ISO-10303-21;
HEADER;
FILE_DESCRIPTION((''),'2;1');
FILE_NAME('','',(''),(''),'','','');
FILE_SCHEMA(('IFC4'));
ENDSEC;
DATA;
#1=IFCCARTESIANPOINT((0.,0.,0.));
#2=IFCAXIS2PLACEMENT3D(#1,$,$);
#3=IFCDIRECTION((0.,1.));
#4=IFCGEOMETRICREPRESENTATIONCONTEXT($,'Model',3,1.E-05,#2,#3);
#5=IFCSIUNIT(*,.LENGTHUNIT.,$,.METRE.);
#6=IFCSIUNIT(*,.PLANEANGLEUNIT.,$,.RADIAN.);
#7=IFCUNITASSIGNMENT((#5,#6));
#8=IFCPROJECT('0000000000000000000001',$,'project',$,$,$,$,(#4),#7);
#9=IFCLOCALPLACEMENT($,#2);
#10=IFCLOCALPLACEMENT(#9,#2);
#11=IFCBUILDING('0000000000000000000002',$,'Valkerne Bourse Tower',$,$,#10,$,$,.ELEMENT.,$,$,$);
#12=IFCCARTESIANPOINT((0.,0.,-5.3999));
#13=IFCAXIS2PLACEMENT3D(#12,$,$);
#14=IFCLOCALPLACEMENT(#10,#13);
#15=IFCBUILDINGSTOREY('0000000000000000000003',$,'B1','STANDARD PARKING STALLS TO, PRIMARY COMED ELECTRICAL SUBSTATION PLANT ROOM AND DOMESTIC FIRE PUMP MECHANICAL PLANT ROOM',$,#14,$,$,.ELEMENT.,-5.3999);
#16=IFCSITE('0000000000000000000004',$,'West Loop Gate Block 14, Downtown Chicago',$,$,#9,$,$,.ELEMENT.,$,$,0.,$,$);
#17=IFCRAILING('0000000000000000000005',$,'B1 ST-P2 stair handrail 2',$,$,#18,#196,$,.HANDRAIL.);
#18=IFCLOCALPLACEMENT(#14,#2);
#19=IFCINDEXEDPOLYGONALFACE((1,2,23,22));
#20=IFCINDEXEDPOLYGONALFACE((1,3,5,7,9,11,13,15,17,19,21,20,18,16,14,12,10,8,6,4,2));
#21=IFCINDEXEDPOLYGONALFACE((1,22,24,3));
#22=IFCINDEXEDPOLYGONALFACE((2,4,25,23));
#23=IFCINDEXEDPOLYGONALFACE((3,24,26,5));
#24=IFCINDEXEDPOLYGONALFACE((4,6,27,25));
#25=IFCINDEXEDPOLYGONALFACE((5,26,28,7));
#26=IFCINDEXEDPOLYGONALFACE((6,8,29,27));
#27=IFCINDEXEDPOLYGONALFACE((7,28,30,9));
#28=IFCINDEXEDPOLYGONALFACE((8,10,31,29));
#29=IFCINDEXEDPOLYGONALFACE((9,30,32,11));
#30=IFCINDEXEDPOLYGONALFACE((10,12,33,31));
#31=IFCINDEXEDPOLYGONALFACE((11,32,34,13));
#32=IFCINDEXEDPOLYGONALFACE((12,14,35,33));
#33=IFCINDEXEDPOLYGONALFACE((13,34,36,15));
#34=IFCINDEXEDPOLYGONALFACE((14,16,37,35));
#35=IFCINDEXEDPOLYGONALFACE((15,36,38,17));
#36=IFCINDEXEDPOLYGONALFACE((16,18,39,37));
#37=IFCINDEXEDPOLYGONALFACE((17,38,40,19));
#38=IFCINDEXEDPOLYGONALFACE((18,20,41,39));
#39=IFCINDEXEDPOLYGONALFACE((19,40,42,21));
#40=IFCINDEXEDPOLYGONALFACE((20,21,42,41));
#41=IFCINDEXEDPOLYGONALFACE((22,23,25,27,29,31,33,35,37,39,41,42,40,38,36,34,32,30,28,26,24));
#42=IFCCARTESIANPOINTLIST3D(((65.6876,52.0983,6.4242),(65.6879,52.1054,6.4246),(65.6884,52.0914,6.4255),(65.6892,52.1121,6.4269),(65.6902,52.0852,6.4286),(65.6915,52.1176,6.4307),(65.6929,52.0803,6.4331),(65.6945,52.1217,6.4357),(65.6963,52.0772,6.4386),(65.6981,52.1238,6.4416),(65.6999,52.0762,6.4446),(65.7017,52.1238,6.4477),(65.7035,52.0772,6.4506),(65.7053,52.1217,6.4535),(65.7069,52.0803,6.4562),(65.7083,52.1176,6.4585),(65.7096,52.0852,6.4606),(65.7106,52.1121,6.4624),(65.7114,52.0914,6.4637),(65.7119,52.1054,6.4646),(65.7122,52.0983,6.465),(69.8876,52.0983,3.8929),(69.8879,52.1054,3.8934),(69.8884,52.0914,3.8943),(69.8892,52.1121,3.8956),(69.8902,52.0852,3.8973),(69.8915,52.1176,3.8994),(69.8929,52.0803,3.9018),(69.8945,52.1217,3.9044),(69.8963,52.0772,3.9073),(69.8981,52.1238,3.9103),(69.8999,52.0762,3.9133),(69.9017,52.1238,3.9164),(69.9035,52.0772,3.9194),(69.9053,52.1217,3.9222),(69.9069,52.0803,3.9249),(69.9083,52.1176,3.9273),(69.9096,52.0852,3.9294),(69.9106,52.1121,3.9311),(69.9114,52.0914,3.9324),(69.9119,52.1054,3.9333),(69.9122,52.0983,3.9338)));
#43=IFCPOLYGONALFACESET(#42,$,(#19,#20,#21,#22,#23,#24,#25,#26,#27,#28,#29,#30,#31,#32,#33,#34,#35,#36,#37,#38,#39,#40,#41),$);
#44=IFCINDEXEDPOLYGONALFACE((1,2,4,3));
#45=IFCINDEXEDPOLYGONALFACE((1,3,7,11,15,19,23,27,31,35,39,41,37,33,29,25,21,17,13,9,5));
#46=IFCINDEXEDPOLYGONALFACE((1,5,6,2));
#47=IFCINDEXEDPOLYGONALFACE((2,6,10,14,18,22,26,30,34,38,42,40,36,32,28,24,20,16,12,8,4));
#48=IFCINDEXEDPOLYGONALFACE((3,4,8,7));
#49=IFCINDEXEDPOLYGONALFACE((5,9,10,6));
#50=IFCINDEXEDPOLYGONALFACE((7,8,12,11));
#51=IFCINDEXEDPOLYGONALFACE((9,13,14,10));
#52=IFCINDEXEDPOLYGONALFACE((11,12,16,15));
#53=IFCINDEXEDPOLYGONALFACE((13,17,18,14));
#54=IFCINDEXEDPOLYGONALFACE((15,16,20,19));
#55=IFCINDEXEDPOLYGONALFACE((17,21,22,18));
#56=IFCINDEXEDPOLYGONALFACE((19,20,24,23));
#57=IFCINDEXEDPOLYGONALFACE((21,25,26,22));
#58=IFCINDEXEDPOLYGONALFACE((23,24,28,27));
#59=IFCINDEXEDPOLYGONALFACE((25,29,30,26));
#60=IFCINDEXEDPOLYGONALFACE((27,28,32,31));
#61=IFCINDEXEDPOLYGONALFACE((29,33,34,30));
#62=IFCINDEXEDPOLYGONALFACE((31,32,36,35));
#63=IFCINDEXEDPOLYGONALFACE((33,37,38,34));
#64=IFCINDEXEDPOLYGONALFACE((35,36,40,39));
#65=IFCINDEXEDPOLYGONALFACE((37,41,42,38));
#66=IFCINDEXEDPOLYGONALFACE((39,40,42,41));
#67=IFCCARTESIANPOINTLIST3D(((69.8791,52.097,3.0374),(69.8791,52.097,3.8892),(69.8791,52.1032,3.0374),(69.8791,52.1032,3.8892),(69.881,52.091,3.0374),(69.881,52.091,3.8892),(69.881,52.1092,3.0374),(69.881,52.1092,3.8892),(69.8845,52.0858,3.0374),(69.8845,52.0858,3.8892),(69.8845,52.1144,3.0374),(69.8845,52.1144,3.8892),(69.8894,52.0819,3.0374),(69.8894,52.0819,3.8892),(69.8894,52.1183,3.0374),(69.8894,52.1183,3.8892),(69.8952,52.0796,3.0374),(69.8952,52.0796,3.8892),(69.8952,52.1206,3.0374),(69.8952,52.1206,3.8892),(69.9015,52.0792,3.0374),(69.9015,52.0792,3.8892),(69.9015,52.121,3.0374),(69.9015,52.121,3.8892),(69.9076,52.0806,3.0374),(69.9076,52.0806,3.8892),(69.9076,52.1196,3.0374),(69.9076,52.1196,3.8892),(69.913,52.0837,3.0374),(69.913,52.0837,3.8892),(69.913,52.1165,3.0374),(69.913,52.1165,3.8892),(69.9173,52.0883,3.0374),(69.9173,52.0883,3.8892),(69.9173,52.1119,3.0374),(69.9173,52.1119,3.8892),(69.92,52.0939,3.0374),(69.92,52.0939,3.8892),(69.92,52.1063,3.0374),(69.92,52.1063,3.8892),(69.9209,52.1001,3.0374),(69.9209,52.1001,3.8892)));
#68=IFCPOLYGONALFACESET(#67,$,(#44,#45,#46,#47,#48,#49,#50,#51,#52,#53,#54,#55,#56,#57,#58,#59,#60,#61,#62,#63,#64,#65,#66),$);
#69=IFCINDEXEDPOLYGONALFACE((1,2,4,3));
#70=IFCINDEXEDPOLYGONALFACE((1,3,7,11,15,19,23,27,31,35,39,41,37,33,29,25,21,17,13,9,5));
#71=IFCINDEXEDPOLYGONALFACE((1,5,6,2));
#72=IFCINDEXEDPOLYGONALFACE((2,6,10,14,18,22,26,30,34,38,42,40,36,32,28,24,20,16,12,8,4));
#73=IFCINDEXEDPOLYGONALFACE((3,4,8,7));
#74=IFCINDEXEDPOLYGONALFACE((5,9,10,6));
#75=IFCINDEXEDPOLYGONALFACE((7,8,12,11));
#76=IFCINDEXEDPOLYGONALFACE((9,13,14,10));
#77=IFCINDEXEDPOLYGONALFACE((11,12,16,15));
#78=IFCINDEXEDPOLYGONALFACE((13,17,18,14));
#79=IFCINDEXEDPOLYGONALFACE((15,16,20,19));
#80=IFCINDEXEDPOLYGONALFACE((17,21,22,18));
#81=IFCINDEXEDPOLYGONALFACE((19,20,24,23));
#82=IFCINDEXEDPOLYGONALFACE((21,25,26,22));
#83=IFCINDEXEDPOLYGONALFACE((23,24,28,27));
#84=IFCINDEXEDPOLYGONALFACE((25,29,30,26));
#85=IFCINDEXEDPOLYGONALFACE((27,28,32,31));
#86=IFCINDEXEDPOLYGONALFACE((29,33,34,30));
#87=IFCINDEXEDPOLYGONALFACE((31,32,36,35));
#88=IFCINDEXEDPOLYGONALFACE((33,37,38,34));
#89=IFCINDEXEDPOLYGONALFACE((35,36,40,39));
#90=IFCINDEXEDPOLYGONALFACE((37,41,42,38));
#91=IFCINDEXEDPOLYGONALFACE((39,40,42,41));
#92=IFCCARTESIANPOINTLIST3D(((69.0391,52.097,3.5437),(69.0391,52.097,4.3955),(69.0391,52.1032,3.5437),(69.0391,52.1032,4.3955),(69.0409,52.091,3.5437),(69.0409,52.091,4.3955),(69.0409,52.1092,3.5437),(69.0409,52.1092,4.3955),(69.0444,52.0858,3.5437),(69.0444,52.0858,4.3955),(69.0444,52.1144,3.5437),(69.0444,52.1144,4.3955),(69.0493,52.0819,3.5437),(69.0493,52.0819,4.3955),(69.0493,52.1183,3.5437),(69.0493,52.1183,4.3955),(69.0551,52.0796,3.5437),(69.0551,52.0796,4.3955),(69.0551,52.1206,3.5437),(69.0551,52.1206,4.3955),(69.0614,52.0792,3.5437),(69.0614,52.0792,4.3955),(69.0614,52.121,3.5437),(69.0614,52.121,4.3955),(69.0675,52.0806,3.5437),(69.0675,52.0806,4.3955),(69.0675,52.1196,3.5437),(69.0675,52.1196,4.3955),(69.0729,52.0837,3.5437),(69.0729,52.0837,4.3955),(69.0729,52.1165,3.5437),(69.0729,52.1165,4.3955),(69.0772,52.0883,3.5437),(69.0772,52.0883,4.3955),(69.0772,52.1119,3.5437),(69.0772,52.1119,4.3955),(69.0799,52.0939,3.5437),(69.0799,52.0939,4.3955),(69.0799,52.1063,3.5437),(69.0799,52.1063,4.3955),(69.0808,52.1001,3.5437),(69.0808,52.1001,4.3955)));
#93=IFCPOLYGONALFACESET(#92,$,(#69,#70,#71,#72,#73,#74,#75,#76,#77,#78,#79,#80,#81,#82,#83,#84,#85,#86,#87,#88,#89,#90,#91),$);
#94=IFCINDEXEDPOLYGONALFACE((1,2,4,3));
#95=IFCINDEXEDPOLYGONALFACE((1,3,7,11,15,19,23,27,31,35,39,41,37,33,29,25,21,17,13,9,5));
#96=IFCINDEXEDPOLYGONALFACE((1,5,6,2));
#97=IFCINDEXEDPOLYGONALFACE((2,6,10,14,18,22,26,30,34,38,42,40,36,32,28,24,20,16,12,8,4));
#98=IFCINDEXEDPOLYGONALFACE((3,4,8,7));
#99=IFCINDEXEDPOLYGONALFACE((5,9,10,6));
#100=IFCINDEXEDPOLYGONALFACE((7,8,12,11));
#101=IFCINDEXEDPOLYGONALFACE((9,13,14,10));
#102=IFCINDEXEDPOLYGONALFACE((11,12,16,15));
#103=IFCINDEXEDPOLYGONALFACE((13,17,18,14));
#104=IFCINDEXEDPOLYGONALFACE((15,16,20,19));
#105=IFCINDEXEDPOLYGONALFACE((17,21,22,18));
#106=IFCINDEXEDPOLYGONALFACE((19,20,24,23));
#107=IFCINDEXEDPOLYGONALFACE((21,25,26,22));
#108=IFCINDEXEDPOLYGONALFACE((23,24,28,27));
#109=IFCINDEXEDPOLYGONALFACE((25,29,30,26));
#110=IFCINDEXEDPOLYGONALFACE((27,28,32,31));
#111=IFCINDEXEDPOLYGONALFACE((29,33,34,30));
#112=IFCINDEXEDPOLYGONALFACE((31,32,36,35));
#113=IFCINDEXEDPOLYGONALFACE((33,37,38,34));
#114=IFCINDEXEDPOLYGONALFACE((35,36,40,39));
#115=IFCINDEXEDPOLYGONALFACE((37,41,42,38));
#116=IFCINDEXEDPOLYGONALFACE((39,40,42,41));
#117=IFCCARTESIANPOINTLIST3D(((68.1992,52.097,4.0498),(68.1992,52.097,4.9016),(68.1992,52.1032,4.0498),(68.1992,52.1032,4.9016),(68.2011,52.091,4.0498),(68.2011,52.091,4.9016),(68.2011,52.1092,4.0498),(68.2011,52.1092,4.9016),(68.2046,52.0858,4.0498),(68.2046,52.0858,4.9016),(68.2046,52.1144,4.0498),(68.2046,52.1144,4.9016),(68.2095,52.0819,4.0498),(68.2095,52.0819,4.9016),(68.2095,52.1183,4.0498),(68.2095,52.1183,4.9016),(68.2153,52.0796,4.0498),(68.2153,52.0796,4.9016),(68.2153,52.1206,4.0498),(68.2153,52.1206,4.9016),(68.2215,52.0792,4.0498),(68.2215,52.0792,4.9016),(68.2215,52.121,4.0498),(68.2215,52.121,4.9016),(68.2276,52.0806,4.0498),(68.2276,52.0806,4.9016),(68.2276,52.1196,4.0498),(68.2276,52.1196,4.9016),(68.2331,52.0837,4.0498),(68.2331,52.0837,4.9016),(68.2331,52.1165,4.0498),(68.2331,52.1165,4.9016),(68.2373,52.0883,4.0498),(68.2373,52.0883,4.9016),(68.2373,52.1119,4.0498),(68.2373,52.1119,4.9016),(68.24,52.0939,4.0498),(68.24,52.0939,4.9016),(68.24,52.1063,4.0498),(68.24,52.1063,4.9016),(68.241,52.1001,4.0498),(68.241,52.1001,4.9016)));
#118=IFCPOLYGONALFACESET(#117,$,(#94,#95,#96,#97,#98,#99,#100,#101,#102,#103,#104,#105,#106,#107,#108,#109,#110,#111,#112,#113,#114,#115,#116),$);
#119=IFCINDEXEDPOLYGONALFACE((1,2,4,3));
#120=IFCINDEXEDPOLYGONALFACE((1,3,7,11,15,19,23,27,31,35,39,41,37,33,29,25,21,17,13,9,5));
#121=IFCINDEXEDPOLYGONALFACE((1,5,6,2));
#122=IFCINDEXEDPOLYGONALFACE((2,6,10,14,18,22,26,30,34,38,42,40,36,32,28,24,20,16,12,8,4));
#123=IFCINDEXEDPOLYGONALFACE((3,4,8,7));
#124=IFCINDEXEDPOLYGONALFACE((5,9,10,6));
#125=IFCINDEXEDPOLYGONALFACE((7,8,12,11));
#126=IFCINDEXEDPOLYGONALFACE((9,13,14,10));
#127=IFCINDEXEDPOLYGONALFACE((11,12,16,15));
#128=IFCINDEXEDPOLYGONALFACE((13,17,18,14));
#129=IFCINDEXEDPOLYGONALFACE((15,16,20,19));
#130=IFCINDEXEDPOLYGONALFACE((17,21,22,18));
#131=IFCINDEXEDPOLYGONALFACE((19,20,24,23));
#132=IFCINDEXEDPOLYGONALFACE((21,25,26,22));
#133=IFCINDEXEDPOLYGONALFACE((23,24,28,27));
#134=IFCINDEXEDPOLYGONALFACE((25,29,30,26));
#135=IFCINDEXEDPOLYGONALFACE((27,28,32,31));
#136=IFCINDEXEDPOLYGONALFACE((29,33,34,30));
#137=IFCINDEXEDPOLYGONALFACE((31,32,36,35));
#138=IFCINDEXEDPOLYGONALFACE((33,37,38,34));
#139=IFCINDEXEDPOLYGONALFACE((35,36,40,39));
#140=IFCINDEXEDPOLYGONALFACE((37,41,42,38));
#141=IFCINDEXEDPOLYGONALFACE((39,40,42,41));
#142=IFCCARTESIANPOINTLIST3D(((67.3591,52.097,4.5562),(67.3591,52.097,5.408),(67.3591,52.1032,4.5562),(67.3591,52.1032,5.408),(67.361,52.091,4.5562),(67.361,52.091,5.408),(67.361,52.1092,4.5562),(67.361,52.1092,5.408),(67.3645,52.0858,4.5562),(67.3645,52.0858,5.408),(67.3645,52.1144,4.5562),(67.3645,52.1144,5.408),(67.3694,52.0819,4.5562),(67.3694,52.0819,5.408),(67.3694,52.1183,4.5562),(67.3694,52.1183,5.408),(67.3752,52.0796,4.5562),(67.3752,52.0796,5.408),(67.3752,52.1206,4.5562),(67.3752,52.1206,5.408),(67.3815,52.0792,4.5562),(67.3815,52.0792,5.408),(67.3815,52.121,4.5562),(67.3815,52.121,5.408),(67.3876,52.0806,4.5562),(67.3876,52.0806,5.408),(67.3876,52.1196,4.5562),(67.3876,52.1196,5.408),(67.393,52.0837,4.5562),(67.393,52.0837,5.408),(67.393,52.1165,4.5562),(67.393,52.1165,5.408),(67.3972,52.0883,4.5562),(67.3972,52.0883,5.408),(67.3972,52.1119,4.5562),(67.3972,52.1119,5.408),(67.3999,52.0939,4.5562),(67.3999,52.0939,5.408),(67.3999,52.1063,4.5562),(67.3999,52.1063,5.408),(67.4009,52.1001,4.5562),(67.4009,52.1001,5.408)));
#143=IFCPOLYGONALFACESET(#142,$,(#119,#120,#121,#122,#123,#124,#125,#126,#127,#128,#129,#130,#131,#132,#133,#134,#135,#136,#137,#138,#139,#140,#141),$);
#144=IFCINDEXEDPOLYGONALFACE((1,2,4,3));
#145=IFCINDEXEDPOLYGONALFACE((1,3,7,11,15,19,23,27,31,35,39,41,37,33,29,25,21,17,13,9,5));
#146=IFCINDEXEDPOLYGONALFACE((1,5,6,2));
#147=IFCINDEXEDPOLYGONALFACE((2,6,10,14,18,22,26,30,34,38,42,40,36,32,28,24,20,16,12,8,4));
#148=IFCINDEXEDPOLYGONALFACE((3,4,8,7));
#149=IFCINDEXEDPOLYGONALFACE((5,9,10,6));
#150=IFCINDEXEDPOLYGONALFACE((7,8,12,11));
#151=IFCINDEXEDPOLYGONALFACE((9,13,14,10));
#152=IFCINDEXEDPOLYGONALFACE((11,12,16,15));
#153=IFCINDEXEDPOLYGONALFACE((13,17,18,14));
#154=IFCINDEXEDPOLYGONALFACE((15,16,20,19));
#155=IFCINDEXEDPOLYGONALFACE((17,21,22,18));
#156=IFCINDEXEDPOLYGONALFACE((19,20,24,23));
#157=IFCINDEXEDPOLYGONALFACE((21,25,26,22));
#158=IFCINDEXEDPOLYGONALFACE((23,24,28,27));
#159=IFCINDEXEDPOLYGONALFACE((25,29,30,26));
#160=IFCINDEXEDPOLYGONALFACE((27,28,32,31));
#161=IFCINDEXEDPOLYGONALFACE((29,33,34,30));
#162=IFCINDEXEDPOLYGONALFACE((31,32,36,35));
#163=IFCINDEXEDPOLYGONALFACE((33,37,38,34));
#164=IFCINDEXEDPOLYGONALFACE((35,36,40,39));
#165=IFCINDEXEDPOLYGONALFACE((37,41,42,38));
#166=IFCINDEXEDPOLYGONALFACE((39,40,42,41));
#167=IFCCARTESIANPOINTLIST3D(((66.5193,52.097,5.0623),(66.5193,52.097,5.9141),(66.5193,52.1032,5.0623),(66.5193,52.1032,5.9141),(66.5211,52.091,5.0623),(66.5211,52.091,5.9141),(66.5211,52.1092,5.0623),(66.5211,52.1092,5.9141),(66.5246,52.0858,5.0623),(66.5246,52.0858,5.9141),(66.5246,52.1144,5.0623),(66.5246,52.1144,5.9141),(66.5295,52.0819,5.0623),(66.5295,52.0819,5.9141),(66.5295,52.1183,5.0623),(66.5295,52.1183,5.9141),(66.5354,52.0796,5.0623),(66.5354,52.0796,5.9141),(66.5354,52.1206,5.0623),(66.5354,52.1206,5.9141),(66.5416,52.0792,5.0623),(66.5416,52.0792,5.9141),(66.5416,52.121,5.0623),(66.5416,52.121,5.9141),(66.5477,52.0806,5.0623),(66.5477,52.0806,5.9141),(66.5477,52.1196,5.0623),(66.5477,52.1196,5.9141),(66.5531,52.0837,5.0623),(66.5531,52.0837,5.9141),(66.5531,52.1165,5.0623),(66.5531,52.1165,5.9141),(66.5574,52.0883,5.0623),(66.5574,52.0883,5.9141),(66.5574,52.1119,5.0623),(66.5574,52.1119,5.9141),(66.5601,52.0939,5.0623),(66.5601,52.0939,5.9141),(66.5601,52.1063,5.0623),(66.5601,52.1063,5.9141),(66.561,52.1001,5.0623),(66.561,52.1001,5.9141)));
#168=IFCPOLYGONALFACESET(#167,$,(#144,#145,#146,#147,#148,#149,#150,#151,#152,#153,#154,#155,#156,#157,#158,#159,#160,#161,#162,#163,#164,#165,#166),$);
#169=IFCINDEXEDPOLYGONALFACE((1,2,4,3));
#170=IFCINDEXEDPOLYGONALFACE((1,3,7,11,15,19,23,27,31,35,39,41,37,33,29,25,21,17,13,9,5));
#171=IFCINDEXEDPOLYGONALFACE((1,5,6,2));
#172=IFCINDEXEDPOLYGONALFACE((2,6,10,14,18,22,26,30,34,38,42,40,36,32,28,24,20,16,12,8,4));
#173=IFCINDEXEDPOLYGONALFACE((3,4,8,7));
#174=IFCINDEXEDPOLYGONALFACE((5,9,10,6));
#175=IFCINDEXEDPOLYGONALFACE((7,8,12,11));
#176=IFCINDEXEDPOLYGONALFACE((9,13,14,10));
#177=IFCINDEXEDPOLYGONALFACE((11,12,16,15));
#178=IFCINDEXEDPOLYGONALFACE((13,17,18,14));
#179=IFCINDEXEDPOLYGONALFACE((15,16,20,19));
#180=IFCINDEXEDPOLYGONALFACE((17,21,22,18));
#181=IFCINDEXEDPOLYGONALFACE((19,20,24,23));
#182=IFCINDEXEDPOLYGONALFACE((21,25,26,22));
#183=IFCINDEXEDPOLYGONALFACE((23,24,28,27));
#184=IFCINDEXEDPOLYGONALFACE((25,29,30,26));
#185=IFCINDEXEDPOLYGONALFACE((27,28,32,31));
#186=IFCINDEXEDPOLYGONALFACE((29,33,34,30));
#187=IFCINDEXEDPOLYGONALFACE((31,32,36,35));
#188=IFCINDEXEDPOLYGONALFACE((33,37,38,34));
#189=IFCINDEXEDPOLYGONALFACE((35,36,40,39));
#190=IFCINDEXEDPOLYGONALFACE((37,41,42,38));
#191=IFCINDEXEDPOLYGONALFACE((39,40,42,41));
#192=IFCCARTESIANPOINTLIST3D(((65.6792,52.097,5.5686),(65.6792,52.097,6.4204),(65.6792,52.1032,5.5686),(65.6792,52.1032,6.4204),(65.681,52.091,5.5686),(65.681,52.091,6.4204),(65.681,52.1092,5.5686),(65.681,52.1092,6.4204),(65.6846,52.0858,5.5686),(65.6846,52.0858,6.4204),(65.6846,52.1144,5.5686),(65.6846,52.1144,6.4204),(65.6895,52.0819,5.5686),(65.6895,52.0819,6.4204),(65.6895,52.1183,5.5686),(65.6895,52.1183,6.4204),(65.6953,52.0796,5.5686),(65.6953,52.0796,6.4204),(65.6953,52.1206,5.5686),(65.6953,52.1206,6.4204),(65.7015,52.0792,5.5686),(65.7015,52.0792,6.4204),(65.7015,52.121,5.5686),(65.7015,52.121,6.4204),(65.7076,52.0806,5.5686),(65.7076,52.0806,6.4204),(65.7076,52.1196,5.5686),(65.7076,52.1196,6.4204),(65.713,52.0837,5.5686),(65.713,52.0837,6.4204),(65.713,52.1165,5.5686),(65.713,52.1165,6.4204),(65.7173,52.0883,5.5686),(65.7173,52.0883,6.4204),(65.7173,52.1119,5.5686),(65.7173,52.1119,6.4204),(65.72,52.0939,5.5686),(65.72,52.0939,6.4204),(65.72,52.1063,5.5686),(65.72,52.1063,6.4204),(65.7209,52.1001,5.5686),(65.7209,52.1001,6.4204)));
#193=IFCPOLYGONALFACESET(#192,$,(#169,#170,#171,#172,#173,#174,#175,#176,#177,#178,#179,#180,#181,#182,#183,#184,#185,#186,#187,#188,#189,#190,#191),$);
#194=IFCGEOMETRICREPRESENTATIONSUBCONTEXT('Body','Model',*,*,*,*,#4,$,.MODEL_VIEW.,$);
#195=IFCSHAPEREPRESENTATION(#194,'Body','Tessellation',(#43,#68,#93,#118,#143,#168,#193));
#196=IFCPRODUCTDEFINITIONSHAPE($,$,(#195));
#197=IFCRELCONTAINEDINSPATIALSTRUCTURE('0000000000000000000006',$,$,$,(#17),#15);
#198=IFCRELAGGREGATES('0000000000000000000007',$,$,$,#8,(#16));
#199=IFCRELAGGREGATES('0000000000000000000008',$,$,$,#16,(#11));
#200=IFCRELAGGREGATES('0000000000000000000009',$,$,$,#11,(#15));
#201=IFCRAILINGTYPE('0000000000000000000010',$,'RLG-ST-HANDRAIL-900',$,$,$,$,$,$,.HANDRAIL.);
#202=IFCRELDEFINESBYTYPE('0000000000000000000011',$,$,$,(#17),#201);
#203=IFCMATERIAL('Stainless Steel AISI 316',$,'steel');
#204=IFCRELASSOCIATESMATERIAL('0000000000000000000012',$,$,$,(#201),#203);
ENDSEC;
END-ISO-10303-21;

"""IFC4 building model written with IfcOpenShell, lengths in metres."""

from ifc_helpers import new_model, si_unit, direction, frame, origin, origin_2d, place, context, subcontext, project, spatial, circle, extrude, material, type_object, element, save


model = new_model("IFC4")

# Units and contexts
model_context = context("Model", 3, precision=1e-05, world=origin(), true_north=direction((0.0, 1.0)))
body_context = subcontext(model_context, "Body", "Model", "MODEL_VIEW")
ifc_project = project(units=[si_unit("LENGTHUNIT", "METRE"), si_unit("PLANEANGLEUNIT", "RADIAN")], contexts=[model_context])

# Site, building, storey
site_placement = place(None, origin())
site = spatial("IfcSite", under=ifc_project, at=site_placement, Name="West Loop Gate Block 14, Downtown Chicago", CompositionType="ELEMENT", RefElevation=0.0)
building_placement = place(site_placement, origin())
building = spatial("IfcBuilding", under=site, at=building_placement, Name="Valkerne Bourse Tower", CompositionType="ELEMENT")
storey_placement = place(building_placement, frame((0.0, 0.0, -5.3999)))
storey = spatial("IfcBuildingStorey", under=building, at=storey_placement, Name="B1", Description="STANDARD PARKING STALLS TO, PRIMARY COMED ELECTRICAL SUBSTATION PLANT ROOM AND DOMESTIC FIRE PUMP MECHANICAL PLANT ROOM", CompositionType="ELEMENT", Elevation=-5.3999)

# Railing
ifc_material_1 = material(Name="Stainless Steel AISI 316", Category="steel")
railing_type_1 = type_object("IfcRailingType", Name="RLG-ST-HANDRAIL-900", PredefinedType="HANDRAIL", material=ifc_material_1)
railing_1_placement = place(storey_placement, frame((69.8999, 52.1001, 3.0374)))
element("IfcRailing", 1, at=railing_1_placement, inside=storey, type_object=railing_type_1, Name="B1 ST-P2 stair handrail 2", PredefinedType="HANDRAIL", context=body_context, shape_type="SweptSolid", body=[
    extrude(circle(Radius=0.0239, at=origin_2d()), frame((0.0, 0.0, 0.876), z_axis=(-0.856476, 0.0, 0.516186), x_axis=(0.0, -1.0, 0.0)), (0.0, 0.0, 1.0), 4.9038),
    extrude(circle(Radius=0.021, at=origin_2d()), origin(), (0.0, 0.0, 1.0), 0.8518),
    extrude(circle(Radius=0.021, at=origin_2d()), frame((-0.8401, 0.0, 0.5063)), (0.0, 0.0, 1.0), 0.8518),
    extrude(circle(Radius=0.021, at=origin_2d()), frame((-1.6799, 0.0, 1.0125)), (0.0, 0.0, 1.0), 0.8518),
    extrude(circle(Radius=0.021, at=origin_2d()), frame((-2.52, 0.0, 1.5188)), (0.0, 0.0, 1.0), 0.8518),
    extrude(circle(Radius=0.021, at=origin_2d()), frame((-3.3599, 0.0, 2.0249)), (0.0, 0.0, 1.0), 0.8518),
    extrude(circle(Radius=0.021, at=origin_2d()), frame((-4.2, 0.0, 2.5312)), (0.0, 0.0, 1.0), 0.8518),
])

save(model, "model.ifc")
